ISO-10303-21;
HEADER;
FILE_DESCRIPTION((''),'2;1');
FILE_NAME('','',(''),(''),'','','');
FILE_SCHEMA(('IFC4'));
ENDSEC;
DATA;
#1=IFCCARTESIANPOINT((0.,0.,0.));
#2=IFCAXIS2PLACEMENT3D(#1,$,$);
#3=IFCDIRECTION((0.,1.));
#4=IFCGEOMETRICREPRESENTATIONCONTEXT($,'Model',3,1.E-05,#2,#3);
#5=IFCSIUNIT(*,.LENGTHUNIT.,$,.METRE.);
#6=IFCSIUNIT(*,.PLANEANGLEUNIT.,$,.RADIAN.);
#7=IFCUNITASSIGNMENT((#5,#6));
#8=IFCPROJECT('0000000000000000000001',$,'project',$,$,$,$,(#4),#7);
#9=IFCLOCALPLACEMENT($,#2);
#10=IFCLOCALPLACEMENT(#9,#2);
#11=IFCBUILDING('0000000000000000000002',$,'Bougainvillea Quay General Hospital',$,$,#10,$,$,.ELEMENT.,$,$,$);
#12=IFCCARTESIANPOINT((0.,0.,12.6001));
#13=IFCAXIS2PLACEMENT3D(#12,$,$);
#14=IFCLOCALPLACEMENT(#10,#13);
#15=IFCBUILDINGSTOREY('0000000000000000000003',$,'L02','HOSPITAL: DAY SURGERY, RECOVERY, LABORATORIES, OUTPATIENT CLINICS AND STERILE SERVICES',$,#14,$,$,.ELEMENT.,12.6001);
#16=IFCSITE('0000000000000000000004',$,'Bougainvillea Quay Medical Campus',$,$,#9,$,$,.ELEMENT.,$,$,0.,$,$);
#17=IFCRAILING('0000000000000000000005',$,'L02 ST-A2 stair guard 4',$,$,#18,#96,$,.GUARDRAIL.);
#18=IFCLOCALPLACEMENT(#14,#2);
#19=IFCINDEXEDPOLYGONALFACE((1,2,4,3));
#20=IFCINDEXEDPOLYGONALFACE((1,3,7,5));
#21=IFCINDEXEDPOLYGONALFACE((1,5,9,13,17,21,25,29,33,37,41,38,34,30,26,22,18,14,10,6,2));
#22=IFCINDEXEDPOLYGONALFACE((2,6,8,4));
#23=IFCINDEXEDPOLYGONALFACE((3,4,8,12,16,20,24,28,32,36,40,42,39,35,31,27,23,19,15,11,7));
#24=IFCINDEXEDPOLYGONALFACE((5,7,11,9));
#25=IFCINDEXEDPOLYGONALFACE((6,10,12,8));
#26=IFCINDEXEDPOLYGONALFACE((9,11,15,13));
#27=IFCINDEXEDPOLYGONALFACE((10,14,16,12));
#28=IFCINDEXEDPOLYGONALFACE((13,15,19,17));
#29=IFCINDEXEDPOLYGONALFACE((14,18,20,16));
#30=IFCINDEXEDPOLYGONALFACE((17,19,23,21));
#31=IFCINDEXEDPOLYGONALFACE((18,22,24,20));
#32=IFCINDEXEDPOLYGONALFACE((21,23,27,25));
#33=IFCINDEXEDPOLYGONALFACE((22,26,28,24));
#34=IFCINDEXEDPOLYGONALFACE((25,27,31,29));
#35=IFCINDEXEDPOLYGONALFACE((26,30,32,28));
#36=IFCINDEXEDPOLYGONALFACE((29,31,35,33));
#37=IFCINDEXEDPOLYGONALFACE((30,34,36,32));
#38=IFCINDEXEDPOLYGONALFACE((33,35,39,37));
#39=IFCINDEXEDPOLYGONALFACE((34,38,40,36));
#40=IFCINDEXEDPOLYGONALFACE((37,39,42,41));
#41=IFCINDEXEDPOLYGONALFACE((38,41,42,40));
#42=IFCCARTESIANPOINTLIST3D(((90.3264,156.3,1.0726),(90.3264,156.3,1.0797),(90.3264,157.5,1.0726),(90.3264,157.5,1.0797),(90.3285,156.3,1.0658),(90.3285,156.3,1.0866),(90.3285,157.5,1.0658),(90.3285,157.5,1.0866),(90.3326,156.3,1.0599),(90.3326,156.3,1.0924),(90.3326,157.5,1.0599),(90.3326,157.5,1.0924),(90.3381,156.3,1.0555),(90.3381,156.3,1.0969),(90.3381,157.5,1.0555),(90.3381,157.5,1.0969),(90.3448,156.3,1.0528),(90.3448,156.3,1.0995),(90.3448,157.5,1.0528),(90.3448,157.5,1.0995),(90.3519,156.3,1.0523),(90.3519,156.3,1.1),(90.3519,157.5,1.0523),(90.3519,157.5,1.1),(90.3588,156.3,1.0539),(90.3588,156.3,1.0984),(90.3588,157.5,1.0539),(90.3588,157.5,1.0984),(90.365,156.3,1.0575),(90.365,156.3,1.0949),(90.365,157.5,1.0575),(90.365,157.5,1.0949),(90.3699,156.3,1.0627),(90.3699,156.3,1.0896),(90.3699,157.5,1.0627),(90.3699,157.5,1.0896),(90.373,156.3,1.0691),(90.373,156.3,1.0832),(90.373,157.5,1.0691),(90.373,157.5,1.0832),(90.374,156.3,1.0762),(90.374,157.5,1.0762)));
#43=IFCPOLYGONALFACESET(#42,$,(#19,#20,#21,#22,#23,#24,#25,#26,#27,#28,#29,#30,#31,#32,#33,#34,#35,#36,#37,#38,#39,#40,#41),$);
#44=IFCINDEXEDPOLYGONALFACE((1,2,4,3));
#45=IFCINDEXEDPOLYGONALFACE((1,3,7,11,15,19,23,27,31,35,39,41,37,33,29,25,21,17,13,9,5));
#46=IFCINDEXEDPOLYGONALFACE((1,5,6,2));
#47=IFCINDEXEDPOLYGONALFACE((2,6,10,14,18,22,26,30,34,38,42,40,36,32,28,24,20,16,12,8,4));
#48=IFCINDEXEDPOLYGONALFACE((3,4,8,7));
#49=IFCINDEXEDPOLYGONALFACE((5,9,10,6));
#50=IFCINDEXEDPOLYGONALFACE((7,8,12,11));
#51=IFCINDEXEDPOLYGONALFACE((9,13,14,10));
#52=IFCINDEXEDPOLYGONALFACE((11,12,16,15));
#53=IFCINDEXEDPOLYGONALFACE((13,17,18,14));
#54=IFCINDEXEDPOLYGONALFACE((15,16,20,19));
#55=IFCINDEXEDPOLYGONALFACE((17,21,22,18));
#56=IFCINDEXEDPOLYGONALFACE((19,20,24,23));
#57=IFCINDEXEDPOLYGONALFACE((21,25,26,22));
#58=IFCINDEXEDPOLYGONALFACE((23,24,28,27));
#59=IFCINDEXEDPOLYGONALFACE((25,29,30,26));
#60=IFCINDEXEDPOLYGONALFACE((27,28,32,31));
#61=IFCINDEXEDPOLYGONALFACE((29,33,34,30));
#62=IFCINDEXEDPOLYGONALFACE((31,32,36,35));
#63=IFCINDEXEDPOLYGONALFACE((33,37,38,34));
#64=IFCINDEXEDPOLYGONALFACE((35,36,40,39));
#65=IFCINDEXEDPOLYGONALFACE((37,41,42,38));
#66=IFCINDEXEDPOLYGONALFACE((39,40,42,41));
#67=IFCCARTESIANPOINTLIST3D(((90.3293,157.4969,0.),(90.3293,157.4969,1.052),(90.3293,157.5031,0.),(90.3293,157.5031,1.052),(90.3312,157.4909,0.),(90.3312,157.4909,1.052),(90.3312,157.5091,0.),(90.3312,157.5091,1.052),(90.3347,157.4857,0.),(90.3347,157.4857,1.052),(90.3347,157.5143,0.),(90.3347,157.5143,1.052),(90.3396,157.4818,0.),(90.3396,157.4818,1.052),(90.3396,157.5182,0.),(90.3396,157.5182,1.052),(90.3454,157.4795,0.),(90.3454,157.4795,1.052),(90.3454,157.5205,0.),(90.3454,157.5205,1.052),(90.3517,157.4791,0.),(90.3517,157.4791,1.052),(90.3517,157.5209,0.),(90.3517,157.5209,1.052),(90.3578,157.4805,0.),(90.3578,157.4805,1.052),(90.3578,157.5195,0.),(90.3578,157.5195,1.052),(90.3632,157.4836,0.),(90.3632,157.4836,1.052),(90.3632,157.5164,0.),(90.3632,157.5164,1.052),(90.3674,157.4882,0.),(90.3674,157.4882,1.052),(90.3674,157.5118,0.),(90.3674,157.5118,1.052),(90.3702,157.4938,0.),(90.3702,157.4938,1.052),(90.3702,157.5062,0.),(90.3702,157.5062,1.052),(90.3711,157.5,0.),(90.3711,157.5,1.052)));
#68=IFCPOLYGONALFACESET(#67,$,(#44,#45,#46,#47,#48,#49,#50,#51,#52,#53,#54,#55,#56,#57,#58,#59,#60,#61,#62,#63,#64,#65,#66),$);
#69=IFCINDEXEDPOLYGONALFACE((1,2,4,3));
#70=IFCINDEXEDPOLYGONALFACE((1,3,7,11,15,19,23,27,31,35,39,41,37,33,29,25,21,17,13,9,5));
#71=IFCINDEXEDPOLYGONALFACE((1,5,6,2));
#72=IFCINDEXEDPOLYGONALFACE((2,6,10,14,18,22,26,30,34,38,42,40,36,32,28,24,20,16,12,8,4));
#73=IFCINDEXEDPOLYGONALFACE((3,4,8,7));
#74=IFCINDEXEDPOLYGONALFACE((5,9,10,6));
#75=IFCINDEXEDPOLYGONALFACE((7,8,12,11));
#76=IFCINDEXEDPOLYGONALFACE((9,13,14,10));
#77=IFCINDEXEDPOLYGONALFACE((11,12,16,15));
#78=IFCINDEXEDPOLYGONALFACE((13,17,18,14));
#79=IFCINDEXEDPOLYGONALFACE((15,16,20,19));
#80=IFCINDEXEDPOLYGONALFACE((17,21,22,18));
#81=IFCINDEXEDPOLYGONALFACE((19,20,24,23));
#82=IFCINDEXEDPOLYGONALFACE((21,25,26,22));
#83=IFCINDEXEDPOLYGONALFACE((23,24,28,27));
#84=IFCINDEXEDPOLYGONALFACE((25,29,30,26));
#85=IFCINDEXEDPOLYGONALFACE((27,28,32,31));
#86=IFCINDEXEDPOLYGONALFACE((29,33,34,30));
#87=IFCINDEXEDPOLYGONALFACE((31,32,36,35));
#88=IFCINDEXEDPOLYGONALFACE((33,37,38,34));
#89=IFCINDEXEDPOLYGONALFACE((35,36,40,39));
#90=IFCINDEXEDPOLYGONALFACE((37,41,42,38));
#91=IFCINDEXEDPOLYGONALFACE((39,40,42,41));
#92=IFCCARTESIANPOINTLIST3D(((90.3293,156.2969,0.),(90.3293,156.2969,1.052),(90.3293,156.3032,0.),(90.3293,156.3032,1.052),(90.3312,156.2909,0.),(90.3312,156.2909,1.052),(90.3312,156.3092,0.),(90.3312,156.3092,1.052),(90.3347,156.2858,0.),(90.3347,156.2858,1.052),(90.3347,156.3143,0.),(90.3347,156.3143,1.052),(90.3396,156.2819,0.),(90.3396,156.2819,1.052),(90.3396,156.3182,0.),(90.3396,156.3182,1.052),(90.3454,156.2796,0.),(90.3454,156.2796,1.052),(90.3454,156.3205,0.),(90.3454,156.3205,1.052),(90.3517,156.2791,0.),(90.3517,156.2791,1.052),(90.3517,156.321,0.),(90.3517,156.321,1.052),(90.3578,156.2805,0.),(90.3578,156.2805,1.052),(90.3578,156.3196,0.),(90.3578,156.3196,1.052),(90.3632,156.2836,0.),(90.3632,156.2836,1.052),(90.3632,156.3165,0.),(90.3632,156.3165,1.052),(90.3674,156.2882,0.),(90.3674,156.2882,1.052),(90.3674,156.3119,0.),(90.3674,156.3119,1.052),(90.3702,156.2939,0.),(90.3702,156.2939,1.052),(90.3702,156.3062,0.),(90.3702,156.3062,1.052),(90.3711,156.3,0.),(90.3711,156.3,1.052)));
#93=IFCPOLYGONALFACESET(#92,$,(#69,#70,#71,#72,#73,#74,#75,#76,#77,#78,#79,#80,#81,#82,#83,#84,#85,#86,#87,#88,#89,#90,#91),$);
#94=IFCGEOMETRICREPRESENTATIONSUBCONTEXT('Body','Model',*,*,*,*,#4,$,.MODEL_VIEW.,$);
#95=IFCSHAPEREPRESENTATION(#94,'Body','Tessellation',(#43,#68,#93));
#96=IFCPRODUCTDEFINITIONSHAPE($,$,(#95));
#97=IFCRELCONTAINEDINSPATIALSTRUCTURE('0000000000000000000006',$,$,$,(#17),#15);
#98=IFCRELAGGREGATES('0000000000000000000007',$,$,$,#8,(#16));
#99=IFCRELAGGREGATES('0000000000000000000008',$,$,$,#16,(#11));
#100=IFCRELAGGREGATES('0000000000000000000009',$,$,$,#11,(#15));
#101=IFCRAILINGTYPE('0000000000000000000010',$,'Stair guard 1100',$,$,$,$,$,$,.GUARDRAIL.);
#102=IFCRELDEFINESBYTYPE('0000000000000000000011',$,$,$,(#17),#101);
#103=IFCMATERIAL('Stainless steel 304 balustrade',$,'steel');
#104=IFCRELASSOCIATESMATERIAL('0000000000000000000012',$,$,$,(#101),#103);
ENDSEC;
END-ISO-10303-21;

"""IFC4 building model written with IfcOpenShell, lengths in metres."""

from ifc_helpers import new_model, si_unit, direction, frame, origin, origin_2d, place, context, subcontext, project, spatial, circle, extrude, material, type_object, element, save


model = new_model("IFC4")

# Units and contexts
model_context = context("Model", 3, precision=1e-05, world=origin(), true_north=direction((0.0, 1.0)))
body_context = subcontext(model_context, "Body", "Model", "MODEL_VIEW")
ifc_project = project(units=[si_unit("LENGTHUNIT", "METRE"), si_unit("PLANEANGLEUNIT", "RADIAN")], contexts=[model_context])

# Site, building, storey
site_placement = place(None, origin())
site = spatial("IfcSite", under=ifc_project, at=site_placement, Name="Bougainvillea Quay Medical Campus", CompositionType="ELEMENT", RefElevation=0.0)
building_placement = place(site_placement, origin())
building = spatial("IfcBuilding", under=site, at=building_placement, Name="Bougainvillea Quay General Hospital", CompositionType="ELEMENT")
storey_placement = place(building_placement, frame((0.0, 0.0, 12.6001)))
storey = spatial("IfcBuildingStorey", under=building, at=storey_placement, Name="L02", Description="HOSPITAL: DAY SURGERY, RECOVERY, LABORATORIES, OUTPATIENT CLINICS AND STERILE SERVICES", CompositionType="ELEMENT", Elevation=12.6001)

# Railing
ifc_material_1 = material(Name="Stainless steel 304 balustrade", Category="steel")
railing_type_1 = type_object("IfcRailingType", Name="Stair guard 1100", PredefinedType="GUARDRAIL", material=ifc_material_1)
railing_1_placement = place(storey_placement, frame((90.3501, 157.5, 0.0)))
element("IfcRailing", 1, at=railing_1_placement, inside=storey, type_object=railing_type_1, Name="L02 ST-A2 stair guard 4", PredefinedType="GUARDRAIL", context=body_context, shape_type="SweptSolid", body=[
    extrude(circle(Radius=0.0239, at=origin_2d()), frame((0.0, 0.0, 1.0762), z_axis=(0.0, -1.0, 0.0), x_axis=(1.0, 0.0, 0.0)), (0.0, 0.0, 1.0), 1.2),
    extrude(circle(Radius=0.021, at=origin_2d()), origin(), (0.0, 0.0, 1.0), 1.052),
    extrude(circle(Radius=0.021, at=origin_2d()), frame((0.0, -1.2, 0.0)), (0.0, 0.0, 1.0), 1.052),
])

save(model, "model.ifc")
